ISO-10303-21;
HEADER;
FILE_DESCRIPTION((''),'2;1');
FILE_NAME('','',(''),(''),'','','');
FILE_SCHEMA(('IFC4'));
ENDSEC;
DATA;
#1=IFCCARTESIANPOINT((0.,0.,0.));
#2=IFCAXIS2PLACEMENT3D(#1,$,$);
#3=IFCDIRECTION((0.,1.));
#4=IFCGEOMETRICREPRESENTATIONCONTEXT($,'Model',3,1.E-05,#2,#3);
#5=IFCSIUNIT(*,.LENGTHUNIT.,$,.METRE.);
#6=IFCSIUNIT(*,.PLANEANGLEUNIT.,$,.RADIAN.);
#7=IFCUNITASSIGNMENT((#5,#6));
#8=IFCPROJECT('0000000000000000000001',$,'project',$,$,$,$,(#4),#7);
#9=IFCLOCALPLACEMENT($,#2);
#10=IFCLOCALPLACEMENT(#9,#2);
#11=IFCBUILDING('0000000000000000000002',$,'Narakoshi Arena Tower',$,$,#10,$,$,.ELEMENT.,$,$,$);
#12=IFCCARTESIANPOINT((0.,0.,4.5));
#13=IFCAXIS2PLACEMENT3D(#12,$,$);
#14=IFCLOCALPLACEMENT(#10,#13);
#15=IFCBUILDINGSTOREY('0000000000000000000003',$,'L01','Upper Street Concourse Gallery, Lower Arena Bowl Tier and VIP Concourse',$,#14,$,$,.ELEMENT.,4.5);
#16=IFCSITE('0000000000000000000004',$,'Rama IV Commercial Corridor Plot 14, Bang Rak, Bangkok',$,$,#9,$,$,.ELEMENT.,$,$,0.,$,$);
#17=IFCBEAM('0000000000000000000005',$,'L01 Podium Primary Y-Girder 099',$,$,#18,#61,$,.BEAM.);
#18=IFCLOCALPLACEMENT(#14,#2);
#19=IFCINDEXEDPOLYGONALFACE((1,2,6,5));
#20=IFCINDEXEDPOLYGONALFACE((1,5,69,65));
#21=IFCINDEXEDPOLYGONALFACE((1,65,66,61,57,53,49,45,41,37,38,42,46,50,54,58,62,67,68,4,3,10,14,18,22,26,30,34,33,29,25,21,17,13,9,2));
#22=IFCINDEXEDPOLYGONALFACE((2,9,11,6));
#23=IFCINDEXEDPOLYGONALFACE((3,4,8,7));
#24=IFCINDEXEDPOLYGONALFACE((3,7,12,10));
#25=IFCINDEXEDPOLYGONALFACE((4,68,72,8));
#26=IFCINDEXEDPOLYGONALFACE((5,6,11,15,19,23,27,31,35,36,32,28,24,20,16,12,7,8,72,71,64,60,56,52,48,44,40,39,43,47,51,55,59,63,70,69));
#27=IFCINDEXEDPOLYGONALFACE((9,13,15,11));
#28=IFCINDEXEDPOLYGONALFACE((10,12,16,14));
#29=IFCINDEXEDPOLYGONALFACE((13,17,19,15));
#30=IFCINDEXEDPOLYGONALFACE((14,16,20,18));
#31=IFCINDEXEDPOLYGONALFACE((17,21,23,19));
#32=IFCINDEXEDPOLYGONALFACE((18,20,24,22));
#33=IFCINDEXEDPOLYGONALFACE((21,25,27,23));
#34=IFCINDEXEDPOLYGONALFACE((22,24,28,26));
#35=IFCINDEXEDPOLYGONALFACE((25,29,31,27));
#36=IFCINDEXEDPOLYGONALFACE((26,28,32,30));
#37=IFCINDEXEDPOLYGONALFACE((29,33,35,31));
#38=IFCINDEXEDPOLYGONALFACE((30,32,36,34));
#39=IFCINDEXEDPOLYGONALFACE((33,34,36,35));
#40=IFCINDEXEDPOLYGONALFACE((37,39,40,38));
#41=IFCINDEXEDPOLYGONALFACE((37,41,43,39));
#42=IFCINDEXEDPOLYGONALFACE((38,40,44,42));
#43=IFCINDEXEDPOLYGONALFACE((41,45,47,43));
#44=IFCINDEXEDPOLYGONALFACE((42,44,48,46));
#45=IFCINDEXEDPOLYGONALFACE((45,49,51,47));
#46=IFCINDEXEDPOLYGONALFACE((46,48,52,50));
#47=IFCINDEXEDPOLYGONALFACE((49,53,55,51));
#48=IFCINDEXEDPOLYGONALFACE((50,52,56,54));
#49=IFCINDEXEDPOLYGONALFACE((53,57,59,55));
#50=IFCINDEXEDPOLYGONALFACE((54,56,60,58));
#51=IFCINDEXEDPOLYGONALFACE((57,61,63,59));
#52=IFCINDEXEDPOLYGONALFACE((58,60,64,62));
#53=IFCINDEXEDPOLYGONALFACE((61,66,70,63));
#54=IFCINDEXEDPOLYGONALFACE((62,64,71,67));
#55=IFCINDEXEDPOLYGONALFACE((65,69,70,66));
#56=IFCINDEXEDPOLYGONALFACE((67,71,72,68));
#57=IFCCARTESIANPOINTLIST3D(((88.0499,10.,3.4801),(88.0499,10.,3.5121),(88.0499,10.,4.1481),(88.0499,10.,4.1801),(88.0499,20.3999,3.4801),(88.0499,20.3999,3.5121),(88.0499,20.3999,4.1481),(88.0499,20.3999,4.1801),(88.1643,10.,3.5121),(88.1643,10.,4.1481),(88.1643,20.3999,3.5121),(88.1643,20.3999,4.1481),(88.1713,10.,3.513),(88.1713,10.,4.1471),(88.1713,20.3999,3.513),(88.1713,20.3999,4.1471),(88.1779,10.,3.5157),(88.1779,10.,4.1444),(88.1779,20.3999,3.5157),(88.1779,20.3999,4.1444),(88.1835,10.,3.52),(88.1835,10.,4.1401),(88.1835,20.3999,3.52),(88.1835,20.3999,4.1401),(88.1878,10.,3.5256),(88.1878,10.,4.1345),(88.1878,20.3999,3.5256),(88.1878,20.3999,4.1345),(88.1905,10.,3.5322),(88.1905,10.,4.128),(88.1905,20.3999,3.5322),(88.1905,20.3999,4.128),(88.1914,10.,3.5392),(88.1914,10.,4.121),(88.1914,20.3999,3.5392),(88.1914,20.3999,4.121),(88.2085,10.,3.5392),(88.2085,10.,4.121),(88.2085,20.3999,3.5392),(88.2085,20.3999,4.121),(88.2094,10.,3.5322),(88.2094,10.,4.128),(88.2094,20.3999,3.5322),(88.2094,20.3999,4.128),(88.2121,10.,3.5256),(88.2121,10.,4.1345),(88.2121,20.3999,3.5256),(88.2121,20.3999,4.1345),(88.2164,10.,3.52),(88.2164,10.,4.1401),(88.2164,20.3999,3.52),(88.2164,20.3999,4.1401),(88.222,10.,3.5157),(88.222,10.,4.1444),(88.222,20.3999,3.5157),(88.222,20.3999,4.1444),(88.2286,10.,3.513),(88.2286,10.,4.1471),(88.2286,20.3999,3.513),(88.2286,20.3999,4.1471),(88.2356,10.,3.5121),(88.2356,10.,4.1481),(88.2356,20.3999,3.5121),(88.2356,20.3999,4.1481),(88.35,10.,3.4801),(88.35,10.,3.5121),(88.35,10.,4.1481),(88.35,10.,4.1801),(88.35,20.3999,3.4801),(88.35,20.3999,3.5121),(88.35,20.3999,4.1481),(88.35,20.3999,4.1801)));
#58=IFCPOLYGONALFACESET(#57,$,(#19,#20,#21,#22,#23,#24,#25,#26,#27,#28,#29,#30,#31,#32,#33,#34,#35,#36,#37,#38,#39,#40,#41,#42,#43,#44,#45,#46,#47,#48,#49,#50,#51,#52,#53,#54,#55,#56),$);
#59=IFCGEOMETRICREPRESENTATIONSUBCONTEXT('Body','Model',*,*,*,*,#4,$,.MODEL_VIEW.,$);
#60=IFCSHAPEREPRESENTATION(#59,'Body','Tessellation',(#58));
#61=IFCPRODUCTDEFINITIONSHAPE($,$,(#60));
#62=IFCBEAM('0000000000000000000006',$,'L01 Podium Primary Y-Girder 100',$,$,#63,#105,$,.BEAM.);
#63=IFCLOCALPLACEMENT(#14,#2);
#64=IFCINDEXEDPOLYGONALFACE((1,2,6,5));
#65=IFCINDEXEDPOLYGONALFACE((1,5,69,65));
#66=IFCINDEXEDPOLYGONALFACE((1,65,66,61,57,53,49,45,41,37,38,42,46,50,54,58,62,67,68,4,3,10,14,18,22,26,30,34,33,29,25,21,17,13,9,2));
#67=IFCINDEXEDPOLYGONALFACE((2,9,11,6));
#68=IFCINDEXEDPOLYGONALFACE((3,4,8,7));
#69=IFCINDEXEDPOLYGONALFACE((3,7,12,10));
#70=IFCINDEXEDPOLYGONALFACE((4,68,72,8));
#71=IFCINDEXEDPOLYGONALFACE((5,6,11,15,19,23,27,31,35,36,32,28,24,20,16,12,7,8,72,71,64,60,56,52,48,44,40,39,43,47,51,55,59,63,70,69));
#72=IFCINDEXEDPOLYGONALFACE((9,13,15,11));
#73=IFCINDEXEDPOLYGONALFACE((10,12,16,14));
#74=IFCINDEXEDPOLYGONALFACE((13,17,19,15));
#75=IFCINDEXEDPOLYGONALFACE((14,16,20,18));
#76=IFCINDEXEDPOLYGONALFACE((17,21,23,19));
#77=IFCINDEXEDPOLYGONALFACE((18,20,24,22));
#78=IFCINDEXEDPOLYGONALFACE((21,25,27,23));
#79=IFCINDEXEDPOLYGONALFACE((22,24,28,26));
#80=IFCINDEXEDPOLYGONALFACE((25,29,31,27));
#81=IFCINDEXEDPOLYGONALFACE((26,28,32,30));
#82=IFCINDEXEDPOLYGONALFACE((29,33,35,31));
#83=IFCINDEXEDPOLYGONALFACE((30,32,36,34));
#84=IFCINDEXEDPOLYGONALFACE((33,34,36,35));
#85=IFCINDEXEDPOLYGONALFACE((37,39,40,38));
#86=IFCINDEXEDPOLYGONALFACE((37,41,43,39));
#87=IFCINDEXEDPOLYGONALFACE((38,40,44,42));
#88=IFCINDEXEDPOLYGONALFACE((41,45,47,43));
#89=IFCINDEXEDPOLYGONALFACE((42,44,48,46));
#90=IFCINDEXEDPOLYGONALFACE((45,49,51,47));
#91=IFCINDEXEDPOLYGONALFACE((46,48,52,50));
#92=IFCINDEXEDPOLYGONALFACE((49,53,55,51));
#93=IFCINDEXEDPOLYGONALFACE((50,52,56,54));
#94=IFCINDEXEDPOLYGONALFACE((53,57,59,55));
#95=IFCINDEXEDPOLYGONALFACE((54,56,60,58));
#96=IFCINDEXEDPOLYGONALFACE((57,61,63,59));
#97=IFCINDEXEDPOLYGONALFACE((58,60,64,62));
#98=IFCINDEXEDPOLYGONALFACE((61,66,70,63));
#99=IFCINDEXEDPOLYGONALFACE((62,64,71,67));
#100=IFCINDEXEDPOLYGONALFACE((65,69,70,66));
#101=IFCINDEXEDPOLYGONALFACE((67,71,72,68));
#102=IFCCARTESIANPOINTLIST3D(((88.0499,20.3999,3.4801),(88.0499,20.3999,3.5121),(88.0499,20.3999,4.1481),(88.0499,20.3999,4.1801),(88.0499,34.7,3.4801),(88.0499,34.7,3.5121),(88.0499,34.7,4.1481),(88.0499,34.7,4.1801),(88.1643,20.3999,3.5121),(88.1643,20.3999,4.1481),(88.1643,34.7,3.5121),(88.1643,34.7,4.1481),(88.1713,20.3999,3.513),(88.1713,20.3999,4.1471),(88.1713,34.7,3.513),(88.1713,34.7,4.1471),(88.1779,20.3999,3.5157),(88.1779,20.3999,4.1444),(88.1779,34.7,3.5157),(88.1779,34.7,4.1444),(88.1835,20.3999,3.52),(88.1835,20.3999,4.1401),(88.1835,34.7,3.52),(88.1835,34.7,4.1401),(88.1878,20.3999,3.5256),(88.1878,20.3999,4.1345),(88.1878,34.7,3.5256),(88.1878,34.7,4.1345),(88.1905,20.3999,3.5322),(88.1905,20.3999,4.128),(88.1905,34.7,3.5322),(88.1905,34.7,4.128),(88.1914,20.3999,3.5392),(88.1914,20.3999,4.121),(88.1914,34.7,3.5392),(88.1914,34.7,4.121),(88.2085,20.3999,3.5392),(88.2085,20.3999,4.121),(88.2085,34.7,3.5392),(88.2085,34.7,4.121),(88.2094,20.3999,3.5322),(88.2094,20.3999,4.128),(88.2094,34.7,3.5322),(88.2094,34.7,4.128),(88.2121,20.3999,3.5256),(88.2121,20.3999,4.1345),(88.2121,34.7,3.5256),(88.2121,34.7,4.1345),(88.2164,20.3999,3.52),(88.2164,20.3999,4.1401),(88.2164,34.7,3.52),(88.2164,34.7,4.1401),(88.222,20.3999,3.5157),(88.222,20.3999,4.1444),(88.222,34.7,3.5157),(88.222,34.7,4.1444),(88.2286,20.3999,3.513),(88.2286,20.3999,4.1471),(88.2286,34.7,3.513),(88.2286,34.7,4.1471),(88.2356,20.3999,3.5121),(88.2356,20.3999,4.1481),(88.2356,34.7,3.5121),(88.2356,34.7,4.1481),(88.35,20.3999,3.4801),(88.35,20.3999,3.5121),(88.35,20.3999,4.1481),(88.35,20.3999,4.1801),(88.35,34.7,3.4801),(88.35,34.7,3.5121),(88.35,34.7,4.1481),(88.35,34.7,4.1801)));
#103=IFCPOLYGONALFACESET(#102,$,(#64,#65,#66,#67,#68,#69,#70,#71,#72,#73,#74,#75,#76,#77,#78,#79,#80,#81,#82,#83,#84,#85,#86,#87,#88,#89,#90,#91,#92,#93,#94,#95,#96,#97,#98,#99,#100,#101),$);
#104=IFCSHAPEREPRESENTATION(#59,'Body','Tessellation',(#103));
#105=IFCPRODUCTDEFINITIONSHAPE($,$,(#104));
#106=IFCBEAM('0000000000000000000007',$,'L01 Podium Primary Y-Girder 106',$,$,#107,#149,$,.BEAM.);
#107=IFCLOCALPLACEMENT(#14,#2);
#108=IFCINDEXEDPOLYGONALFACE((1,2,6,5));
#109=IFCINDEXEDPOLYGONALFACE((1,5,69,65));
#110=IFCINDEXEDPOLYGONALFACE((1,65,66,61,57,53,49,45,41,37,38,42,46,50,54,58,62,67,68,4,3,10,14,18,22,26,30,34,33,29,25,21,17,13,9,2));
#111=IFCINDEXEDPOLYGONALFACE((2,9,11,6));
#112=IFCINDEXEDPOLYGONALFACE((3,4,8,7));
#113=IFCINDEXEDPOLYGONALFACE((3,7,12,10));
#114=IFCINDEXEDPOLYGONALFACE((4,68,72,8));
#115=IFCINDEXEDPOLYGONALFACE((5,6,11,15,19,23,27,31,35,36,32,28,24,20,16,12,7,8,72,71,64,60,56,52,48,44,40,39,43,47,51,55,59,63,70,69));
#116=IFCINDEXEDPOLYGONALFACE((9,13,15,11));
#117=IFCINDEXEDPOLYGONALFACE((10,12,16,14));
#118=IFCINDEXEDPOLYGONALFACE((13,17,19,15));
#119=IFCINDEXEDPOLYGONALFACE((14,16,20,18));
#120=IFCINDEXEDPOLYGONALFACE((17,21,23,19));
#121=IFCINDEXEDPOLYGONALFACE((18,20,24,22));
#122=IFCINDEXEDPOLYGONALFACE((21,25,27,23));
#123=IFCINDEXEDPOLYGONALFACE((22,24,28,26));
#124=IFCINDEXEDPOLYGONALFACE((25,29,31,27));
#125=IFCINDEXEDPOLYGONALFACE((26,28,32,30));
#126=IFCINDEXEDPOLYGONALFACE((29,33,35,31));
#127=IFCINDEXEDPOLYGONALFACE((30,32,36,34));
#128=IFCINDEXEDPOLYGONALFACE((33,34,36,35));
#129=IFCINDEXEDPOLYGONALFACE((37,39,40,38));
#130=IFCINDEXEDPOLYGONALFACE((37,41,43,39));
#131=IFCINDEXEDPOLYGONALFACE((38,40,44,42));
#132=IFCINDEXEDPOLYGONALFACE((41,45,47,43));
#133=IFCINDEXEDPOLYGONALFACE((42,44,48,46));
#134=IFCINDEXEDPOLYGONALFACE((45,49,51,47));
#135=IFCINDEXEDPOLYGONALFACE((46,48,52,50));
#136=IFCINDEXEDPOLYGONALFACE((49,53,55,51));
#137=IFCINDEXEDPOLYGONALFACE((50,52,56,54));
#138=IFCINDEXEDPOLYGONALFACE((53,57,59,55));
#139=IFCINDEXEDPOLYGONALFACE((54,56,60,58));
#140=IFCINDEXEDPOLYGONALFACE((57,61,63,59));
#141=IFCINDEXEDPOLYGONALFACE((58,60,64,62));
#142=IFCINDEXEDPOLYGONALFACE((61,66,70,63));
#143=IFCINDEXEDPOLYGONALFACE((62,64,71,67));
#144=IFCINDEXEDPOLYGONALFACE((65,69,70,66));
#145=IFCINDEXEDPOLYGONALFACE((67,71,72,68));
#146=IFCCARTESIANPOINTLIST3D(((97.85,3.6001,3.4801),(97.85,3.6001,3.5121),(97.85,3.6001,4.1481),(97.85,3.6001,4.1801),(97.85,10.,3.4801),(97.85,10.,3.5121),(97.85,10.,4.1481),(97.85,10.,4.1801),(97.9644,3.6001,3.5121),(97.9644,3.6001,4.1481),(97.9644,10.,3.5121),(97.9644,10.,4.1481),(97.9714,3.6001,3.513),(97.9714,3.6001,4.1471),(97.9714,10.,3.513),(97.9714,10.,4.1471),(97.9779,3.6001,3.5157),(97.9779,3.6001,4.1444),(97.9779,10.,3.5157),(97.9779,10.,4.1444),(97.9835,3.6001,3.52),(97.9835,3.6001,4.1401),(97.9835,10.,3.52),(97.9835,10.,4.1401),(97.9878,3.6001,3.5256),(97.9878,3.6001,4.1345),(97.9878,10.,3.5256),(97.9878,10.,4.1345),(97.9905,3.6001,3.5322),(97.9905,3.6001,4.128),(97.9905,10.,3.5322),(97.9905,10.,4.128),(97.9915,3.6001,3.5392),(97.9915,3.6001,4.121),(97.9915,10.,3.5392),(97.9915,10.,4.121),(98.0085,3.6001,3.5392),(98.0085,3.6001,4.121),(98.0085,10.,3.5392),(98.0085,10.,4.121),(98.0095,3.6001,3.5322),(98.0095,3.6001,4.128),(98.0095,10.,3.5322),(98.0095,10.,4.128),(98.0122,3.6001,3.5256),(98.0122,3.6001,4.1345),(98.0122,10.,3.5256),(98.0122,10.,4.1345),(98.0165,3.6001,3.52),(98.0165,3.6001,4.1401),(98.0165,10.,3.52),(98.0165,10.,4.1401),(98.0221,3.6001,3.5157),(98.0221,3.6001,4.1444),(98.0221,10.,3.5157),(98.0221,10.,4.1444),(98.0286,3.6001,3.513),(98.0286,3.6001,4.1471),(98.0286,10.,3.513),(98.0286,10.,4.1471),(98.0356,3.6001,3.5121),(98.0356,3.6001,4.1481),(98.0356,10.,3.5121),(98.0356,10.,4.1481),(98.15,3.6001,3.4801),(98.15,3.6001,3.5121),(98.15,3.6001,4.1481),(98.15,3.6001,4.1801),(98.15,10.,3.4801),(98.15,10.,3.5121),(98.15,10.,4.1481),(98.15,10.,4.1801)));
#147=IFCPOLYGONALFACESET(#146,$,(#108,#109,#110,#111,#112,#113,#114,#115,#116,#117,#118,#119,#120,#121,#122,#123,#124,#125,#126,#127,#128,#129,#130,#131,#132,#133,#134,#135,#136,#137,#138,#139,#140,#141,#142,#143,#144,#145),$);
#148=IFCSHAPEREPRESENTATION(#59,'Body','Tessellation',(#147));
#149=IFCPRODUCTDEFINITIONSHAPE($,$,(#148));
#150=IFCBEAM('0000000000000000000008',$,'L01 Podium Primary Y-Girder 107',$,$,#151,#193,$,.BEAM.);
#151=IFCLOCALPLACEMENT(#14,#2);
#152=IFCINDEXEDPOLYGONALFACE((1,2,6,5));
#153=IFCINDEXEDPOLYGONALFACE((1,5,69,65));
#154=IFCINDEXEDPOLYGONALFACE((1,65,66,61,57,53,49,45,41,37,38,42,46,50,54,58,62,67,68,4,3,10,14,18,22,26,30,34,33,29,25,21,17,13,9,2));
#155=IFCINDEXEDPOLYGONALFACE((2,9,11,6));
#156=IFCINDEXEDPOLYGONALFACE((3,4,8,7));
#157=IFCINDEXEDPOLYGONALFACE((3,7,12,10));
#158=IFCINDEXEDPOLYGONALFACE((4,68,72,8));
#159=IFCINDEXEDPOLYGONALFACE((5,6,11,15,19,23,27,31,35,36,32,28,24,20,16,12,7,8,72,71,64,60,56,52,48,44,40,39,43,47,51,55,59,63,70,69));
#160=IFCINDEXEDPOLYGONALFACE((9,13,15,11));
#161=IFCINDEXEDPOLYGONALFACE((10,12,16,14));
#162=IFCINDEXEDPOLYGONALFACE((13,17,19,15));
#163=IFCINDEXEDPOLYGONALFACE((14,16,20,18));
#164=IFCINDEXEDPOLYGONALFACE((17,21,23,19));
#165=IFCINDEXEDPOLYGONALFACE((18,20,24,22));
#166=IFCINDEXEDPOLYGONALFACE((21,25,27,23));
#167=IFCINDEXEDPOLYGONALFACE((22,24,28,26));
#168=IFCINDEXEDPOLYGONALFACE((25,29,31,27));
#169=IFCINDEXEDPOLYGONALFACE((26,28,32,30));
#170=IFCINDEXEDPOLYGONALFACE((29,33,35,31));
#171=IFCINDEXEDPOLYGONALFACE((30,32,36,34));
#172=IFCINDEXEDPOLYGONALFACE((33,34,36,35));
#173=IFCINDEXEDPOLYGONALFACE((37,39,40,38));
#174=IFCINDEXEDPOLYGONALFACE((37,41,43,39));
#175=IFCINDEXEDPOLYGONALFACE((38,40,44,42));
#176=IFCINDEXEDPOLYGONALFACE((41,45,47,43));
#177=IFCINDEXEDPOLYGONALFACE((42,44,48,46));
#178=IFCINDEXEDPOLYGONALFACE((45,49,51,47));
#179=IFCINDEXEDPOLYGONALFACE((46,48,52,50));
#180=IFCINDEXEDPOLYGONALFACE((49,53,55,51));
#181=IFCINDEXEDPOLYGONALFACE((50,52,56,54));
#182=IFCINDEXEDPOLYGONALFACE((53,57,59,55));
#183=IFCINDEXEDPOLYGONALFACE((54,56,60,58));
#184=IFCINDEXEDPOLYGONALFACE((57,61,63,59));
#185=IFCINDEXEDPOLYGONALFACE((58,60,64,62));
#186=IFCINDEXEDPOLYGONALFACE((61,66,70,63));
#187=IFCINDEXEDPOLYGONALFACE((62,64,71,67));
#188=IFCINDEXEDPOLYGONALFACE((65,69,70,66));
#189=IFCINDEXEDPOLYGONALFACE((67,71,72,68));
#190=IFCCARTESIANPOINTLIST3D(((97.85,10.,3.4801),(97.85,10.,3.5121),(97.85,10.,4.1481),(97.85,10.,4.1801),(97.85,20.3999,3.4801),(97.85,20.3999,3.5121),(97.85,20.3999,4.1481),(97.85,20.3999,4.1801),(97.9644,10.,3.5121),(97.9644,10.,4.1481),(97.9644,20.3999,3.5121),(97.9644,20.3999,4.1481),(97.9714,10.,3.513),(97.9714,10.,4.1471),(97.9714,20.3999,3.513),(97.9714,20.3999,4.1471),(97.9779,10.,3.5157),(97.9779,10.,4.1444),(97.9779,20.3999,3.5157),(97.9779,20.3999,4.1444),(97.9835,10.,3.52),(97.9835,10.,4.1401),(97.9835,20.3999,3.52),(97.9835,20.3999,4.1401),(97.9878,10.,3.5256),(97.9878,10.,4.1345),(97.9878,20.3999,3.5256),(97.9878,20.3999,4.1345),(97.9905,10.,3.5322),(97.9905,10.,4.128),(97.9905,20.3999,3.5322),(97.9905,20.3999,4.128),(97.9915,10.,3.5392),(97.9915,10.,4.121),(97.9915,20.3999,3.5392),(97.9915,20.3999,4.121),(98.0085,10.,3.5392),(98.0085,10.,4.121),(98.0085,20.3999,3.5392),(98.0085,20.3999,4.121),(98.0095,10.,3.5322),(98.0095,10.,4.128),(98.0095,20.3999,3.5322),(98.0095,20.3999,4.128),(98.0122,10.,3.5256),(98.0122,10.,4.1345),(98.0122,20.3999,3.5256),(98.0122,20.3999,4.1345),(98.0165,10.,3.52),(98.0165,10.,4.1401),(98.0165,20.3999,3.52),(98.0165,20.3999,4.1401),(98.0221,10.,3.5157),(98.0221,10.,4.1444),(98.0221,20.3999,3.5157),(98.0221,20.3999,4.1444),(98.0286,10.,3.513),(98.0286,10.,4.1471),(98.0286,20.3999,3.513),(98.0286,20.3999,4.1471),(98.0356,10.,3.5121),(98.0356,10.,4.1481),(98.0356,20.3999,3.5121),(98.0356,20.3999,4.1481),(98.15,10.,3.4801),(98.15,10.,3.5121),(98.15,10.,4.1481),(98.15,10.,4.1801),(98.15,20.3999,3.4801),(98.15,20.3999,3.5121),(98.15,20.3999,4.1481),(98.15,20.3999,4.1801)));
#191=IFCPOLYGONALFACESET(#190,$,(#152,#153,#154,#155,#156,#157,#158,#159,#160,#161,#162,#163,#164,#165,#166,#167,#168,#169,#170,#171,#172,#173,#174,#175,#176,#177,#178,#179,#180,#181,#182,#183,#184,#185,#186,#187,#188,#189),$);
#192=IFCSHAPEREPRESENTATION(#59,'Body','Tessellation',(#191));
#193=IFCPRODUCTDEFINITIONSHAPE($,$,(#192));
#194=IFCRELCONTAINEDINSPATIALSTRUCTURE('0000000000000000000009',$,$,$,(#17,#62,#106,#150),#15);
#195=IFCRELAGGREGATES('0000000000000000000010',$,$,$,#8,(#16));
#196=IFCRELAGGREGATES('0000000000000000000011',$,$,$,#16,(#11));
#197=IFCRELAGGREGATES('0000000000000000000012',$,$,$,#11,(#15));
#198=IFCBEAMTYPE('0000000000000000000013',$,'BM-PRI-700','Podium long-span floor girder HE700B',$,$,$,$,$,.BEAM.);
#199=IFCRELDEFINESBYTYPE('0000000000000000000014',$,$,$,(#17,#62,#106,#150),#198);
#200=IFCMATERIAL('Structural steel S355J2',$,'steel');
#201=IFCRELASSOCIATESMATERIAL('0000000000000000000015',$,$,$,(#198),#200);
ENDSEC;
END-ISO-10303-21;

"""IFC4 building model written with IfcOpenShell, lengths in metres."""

from ifc_helpers import new_model, si_unit, direction, frame, origin, origin_2d, place, context, subcontext, project, spatial, i_section, extrude, material, material_profile, profile_set, type_object, element, save


model = new_model("IFC4")

# Units and contexts
model_context = context("Model", 3, precision=1e-05, world=origin(), true_north=direction((0.0, 1.0)))
body_context = subcontext(model_context, "Body", "Model", "MODEL_VIEW")
ifc_project = project(units=[si_unit("LENGTHUNIT", "METRE"), si_unit("PLANEANGLEUNIT", "RADIAN")], contexts=[model_context])

# Site, building, storey
site_placement = place(None, origin())
site = spatial("IfcSite", under=ifc_project, at=site_placement, Name="Rama IV Commercial Corridor Plot 14, Bang Rak, Bangkok", CompositionType="ELEMENT", RefElevation=0.0)
building_placement = place(site_placement, origin())
building = spatial("IfcBuilding", under=site, at=building_placement, Name="Narakoshi Arena Tower", CompositionType="ELEMENT")
storey_placement = place(building_placement, frame((0.0, 0.0, 4.5)))
storey = spatial("IfcBuildingStorey", under=building, at=storey_placement, Name="L01", Description="Upper Street Concourse Gallery, Lower Arena Bowl Tier and VIP Concourse", CompositionType="ELEMENT", Elevation=4.5)

# Beams
ifc_material_1 = material(Name="Structural steel S355J2", Category="steel")
ifc_material_profile_1 = material_profile(ifc_material_1, i_section(OverallWidth=0.3, OverallDepth=0.7, WebThickness=0.0171, FlangeThickness=0.032, FilletRadius=0.0271, at=origin_2d()), Name="HE700B")
ifc_profile_set_1 = profile_set([ifc_material_profile_1], Name="Structural steel S355J2")
beam_type_1 = type_object("IfcBeamType", Name="BM-PRI-700", Description="Podium long-span floor girder HE700B", PredefinedType="BEAM", material=ifc_profile_set_1)
beam_1_placement = place(storey_placement, frame((88.2, 10.0, 3.8301), z_axis=(0.0, 1.0, 0.0), x_axis=(-1.0, 0.0, 0.0)))
element("IfcBeam", 1, at=beam_1_placement, inside=storey, type_object=beam_type_1, Name="L01 Podium Primary Y-Girder 099", PredefinedType="BEAM", context=body_context, shape_type="SweptSolid", body=[
    extrude(i_section(OverallWidth=0.3, OverallDepth=0.7, WebThickness=0.0171, FlangeThickness=0.032, FilletRadius=0.0271, at=origin_2d()), origin(), (0.0, 0.0, 1.0), 10.3999),
])
beam_2_placement = place(storey_placement, frame((88.2, 20.3999, 3.8301), z_axis=(0.0, 1.0, 0.0), x_axis=(-1.0, 0.0, 0.0)))
element("IfcBeam", 2, at=beam_2_placement, inside=storey, type_object=beam_type_1, Name="L01 Podium Primary Y-Girder 100", PredefinedType="BEAM", context=body_context, shape_type="SweptSolid", body=[
    extrude(i_section(OverallWidth=0.3, OverallDepth=0.7, WebThickness=0.0171, FlangeThickness=0.032, FilletRadius=0.0271, at=origin_2d()), origin(), (0.0, 0.0, 1.0), 14.3),
])
beam_3_placement = place(storey_placement, frame((98.0, 3.6001, 3.8301), z_axis=(0.0, 1.0, 0.0), x_axis=(-1.0, 0.0, 0.0)))
element("IfcBeam", 3, at=beam_3_placement, inside=storey, type_object=beam_type_1, Name="L01 Podium Primary Y-Girder 106", PredefinedType="BEAM", context=body_context, shape_type="SweptSolid", body=[
    extrude(i_section(OverallWidth=0.3, OverallDepth=0.7, WebThickness=0.0171, FlangeThickness=0.032, FilletRadius=0.0271, at=origin_2d()), origin(), (0.0, 0.0, 1.0), 6.3999),
])
beam_4_placement = place(storey_placement, frame((98.0, 10.0, 3.8301), z_axis=(0.0, 1.0, 0.0), x_axis=(-1.0, 0.0, 0.0)))
element("IfcBeam", 4, at=beam_4_placement, inside=storey, type_object=beam_type_1, Name="L01 Podium Primary Y-Girder 107", PredefinedType="BEAM", context=body_context, shape_type="SweptSolid", body=[
    extrude(i_section(OverallWidth=0.3, OverallDepth=0.7, WebThickness=0.0171, FlangeThickness=0.032, FilletRadius=0.0271, at=origin_2d()), origin(), (0.0, 0.0, 1.0), 10.3999),
])

save(model, "model.ifc")
